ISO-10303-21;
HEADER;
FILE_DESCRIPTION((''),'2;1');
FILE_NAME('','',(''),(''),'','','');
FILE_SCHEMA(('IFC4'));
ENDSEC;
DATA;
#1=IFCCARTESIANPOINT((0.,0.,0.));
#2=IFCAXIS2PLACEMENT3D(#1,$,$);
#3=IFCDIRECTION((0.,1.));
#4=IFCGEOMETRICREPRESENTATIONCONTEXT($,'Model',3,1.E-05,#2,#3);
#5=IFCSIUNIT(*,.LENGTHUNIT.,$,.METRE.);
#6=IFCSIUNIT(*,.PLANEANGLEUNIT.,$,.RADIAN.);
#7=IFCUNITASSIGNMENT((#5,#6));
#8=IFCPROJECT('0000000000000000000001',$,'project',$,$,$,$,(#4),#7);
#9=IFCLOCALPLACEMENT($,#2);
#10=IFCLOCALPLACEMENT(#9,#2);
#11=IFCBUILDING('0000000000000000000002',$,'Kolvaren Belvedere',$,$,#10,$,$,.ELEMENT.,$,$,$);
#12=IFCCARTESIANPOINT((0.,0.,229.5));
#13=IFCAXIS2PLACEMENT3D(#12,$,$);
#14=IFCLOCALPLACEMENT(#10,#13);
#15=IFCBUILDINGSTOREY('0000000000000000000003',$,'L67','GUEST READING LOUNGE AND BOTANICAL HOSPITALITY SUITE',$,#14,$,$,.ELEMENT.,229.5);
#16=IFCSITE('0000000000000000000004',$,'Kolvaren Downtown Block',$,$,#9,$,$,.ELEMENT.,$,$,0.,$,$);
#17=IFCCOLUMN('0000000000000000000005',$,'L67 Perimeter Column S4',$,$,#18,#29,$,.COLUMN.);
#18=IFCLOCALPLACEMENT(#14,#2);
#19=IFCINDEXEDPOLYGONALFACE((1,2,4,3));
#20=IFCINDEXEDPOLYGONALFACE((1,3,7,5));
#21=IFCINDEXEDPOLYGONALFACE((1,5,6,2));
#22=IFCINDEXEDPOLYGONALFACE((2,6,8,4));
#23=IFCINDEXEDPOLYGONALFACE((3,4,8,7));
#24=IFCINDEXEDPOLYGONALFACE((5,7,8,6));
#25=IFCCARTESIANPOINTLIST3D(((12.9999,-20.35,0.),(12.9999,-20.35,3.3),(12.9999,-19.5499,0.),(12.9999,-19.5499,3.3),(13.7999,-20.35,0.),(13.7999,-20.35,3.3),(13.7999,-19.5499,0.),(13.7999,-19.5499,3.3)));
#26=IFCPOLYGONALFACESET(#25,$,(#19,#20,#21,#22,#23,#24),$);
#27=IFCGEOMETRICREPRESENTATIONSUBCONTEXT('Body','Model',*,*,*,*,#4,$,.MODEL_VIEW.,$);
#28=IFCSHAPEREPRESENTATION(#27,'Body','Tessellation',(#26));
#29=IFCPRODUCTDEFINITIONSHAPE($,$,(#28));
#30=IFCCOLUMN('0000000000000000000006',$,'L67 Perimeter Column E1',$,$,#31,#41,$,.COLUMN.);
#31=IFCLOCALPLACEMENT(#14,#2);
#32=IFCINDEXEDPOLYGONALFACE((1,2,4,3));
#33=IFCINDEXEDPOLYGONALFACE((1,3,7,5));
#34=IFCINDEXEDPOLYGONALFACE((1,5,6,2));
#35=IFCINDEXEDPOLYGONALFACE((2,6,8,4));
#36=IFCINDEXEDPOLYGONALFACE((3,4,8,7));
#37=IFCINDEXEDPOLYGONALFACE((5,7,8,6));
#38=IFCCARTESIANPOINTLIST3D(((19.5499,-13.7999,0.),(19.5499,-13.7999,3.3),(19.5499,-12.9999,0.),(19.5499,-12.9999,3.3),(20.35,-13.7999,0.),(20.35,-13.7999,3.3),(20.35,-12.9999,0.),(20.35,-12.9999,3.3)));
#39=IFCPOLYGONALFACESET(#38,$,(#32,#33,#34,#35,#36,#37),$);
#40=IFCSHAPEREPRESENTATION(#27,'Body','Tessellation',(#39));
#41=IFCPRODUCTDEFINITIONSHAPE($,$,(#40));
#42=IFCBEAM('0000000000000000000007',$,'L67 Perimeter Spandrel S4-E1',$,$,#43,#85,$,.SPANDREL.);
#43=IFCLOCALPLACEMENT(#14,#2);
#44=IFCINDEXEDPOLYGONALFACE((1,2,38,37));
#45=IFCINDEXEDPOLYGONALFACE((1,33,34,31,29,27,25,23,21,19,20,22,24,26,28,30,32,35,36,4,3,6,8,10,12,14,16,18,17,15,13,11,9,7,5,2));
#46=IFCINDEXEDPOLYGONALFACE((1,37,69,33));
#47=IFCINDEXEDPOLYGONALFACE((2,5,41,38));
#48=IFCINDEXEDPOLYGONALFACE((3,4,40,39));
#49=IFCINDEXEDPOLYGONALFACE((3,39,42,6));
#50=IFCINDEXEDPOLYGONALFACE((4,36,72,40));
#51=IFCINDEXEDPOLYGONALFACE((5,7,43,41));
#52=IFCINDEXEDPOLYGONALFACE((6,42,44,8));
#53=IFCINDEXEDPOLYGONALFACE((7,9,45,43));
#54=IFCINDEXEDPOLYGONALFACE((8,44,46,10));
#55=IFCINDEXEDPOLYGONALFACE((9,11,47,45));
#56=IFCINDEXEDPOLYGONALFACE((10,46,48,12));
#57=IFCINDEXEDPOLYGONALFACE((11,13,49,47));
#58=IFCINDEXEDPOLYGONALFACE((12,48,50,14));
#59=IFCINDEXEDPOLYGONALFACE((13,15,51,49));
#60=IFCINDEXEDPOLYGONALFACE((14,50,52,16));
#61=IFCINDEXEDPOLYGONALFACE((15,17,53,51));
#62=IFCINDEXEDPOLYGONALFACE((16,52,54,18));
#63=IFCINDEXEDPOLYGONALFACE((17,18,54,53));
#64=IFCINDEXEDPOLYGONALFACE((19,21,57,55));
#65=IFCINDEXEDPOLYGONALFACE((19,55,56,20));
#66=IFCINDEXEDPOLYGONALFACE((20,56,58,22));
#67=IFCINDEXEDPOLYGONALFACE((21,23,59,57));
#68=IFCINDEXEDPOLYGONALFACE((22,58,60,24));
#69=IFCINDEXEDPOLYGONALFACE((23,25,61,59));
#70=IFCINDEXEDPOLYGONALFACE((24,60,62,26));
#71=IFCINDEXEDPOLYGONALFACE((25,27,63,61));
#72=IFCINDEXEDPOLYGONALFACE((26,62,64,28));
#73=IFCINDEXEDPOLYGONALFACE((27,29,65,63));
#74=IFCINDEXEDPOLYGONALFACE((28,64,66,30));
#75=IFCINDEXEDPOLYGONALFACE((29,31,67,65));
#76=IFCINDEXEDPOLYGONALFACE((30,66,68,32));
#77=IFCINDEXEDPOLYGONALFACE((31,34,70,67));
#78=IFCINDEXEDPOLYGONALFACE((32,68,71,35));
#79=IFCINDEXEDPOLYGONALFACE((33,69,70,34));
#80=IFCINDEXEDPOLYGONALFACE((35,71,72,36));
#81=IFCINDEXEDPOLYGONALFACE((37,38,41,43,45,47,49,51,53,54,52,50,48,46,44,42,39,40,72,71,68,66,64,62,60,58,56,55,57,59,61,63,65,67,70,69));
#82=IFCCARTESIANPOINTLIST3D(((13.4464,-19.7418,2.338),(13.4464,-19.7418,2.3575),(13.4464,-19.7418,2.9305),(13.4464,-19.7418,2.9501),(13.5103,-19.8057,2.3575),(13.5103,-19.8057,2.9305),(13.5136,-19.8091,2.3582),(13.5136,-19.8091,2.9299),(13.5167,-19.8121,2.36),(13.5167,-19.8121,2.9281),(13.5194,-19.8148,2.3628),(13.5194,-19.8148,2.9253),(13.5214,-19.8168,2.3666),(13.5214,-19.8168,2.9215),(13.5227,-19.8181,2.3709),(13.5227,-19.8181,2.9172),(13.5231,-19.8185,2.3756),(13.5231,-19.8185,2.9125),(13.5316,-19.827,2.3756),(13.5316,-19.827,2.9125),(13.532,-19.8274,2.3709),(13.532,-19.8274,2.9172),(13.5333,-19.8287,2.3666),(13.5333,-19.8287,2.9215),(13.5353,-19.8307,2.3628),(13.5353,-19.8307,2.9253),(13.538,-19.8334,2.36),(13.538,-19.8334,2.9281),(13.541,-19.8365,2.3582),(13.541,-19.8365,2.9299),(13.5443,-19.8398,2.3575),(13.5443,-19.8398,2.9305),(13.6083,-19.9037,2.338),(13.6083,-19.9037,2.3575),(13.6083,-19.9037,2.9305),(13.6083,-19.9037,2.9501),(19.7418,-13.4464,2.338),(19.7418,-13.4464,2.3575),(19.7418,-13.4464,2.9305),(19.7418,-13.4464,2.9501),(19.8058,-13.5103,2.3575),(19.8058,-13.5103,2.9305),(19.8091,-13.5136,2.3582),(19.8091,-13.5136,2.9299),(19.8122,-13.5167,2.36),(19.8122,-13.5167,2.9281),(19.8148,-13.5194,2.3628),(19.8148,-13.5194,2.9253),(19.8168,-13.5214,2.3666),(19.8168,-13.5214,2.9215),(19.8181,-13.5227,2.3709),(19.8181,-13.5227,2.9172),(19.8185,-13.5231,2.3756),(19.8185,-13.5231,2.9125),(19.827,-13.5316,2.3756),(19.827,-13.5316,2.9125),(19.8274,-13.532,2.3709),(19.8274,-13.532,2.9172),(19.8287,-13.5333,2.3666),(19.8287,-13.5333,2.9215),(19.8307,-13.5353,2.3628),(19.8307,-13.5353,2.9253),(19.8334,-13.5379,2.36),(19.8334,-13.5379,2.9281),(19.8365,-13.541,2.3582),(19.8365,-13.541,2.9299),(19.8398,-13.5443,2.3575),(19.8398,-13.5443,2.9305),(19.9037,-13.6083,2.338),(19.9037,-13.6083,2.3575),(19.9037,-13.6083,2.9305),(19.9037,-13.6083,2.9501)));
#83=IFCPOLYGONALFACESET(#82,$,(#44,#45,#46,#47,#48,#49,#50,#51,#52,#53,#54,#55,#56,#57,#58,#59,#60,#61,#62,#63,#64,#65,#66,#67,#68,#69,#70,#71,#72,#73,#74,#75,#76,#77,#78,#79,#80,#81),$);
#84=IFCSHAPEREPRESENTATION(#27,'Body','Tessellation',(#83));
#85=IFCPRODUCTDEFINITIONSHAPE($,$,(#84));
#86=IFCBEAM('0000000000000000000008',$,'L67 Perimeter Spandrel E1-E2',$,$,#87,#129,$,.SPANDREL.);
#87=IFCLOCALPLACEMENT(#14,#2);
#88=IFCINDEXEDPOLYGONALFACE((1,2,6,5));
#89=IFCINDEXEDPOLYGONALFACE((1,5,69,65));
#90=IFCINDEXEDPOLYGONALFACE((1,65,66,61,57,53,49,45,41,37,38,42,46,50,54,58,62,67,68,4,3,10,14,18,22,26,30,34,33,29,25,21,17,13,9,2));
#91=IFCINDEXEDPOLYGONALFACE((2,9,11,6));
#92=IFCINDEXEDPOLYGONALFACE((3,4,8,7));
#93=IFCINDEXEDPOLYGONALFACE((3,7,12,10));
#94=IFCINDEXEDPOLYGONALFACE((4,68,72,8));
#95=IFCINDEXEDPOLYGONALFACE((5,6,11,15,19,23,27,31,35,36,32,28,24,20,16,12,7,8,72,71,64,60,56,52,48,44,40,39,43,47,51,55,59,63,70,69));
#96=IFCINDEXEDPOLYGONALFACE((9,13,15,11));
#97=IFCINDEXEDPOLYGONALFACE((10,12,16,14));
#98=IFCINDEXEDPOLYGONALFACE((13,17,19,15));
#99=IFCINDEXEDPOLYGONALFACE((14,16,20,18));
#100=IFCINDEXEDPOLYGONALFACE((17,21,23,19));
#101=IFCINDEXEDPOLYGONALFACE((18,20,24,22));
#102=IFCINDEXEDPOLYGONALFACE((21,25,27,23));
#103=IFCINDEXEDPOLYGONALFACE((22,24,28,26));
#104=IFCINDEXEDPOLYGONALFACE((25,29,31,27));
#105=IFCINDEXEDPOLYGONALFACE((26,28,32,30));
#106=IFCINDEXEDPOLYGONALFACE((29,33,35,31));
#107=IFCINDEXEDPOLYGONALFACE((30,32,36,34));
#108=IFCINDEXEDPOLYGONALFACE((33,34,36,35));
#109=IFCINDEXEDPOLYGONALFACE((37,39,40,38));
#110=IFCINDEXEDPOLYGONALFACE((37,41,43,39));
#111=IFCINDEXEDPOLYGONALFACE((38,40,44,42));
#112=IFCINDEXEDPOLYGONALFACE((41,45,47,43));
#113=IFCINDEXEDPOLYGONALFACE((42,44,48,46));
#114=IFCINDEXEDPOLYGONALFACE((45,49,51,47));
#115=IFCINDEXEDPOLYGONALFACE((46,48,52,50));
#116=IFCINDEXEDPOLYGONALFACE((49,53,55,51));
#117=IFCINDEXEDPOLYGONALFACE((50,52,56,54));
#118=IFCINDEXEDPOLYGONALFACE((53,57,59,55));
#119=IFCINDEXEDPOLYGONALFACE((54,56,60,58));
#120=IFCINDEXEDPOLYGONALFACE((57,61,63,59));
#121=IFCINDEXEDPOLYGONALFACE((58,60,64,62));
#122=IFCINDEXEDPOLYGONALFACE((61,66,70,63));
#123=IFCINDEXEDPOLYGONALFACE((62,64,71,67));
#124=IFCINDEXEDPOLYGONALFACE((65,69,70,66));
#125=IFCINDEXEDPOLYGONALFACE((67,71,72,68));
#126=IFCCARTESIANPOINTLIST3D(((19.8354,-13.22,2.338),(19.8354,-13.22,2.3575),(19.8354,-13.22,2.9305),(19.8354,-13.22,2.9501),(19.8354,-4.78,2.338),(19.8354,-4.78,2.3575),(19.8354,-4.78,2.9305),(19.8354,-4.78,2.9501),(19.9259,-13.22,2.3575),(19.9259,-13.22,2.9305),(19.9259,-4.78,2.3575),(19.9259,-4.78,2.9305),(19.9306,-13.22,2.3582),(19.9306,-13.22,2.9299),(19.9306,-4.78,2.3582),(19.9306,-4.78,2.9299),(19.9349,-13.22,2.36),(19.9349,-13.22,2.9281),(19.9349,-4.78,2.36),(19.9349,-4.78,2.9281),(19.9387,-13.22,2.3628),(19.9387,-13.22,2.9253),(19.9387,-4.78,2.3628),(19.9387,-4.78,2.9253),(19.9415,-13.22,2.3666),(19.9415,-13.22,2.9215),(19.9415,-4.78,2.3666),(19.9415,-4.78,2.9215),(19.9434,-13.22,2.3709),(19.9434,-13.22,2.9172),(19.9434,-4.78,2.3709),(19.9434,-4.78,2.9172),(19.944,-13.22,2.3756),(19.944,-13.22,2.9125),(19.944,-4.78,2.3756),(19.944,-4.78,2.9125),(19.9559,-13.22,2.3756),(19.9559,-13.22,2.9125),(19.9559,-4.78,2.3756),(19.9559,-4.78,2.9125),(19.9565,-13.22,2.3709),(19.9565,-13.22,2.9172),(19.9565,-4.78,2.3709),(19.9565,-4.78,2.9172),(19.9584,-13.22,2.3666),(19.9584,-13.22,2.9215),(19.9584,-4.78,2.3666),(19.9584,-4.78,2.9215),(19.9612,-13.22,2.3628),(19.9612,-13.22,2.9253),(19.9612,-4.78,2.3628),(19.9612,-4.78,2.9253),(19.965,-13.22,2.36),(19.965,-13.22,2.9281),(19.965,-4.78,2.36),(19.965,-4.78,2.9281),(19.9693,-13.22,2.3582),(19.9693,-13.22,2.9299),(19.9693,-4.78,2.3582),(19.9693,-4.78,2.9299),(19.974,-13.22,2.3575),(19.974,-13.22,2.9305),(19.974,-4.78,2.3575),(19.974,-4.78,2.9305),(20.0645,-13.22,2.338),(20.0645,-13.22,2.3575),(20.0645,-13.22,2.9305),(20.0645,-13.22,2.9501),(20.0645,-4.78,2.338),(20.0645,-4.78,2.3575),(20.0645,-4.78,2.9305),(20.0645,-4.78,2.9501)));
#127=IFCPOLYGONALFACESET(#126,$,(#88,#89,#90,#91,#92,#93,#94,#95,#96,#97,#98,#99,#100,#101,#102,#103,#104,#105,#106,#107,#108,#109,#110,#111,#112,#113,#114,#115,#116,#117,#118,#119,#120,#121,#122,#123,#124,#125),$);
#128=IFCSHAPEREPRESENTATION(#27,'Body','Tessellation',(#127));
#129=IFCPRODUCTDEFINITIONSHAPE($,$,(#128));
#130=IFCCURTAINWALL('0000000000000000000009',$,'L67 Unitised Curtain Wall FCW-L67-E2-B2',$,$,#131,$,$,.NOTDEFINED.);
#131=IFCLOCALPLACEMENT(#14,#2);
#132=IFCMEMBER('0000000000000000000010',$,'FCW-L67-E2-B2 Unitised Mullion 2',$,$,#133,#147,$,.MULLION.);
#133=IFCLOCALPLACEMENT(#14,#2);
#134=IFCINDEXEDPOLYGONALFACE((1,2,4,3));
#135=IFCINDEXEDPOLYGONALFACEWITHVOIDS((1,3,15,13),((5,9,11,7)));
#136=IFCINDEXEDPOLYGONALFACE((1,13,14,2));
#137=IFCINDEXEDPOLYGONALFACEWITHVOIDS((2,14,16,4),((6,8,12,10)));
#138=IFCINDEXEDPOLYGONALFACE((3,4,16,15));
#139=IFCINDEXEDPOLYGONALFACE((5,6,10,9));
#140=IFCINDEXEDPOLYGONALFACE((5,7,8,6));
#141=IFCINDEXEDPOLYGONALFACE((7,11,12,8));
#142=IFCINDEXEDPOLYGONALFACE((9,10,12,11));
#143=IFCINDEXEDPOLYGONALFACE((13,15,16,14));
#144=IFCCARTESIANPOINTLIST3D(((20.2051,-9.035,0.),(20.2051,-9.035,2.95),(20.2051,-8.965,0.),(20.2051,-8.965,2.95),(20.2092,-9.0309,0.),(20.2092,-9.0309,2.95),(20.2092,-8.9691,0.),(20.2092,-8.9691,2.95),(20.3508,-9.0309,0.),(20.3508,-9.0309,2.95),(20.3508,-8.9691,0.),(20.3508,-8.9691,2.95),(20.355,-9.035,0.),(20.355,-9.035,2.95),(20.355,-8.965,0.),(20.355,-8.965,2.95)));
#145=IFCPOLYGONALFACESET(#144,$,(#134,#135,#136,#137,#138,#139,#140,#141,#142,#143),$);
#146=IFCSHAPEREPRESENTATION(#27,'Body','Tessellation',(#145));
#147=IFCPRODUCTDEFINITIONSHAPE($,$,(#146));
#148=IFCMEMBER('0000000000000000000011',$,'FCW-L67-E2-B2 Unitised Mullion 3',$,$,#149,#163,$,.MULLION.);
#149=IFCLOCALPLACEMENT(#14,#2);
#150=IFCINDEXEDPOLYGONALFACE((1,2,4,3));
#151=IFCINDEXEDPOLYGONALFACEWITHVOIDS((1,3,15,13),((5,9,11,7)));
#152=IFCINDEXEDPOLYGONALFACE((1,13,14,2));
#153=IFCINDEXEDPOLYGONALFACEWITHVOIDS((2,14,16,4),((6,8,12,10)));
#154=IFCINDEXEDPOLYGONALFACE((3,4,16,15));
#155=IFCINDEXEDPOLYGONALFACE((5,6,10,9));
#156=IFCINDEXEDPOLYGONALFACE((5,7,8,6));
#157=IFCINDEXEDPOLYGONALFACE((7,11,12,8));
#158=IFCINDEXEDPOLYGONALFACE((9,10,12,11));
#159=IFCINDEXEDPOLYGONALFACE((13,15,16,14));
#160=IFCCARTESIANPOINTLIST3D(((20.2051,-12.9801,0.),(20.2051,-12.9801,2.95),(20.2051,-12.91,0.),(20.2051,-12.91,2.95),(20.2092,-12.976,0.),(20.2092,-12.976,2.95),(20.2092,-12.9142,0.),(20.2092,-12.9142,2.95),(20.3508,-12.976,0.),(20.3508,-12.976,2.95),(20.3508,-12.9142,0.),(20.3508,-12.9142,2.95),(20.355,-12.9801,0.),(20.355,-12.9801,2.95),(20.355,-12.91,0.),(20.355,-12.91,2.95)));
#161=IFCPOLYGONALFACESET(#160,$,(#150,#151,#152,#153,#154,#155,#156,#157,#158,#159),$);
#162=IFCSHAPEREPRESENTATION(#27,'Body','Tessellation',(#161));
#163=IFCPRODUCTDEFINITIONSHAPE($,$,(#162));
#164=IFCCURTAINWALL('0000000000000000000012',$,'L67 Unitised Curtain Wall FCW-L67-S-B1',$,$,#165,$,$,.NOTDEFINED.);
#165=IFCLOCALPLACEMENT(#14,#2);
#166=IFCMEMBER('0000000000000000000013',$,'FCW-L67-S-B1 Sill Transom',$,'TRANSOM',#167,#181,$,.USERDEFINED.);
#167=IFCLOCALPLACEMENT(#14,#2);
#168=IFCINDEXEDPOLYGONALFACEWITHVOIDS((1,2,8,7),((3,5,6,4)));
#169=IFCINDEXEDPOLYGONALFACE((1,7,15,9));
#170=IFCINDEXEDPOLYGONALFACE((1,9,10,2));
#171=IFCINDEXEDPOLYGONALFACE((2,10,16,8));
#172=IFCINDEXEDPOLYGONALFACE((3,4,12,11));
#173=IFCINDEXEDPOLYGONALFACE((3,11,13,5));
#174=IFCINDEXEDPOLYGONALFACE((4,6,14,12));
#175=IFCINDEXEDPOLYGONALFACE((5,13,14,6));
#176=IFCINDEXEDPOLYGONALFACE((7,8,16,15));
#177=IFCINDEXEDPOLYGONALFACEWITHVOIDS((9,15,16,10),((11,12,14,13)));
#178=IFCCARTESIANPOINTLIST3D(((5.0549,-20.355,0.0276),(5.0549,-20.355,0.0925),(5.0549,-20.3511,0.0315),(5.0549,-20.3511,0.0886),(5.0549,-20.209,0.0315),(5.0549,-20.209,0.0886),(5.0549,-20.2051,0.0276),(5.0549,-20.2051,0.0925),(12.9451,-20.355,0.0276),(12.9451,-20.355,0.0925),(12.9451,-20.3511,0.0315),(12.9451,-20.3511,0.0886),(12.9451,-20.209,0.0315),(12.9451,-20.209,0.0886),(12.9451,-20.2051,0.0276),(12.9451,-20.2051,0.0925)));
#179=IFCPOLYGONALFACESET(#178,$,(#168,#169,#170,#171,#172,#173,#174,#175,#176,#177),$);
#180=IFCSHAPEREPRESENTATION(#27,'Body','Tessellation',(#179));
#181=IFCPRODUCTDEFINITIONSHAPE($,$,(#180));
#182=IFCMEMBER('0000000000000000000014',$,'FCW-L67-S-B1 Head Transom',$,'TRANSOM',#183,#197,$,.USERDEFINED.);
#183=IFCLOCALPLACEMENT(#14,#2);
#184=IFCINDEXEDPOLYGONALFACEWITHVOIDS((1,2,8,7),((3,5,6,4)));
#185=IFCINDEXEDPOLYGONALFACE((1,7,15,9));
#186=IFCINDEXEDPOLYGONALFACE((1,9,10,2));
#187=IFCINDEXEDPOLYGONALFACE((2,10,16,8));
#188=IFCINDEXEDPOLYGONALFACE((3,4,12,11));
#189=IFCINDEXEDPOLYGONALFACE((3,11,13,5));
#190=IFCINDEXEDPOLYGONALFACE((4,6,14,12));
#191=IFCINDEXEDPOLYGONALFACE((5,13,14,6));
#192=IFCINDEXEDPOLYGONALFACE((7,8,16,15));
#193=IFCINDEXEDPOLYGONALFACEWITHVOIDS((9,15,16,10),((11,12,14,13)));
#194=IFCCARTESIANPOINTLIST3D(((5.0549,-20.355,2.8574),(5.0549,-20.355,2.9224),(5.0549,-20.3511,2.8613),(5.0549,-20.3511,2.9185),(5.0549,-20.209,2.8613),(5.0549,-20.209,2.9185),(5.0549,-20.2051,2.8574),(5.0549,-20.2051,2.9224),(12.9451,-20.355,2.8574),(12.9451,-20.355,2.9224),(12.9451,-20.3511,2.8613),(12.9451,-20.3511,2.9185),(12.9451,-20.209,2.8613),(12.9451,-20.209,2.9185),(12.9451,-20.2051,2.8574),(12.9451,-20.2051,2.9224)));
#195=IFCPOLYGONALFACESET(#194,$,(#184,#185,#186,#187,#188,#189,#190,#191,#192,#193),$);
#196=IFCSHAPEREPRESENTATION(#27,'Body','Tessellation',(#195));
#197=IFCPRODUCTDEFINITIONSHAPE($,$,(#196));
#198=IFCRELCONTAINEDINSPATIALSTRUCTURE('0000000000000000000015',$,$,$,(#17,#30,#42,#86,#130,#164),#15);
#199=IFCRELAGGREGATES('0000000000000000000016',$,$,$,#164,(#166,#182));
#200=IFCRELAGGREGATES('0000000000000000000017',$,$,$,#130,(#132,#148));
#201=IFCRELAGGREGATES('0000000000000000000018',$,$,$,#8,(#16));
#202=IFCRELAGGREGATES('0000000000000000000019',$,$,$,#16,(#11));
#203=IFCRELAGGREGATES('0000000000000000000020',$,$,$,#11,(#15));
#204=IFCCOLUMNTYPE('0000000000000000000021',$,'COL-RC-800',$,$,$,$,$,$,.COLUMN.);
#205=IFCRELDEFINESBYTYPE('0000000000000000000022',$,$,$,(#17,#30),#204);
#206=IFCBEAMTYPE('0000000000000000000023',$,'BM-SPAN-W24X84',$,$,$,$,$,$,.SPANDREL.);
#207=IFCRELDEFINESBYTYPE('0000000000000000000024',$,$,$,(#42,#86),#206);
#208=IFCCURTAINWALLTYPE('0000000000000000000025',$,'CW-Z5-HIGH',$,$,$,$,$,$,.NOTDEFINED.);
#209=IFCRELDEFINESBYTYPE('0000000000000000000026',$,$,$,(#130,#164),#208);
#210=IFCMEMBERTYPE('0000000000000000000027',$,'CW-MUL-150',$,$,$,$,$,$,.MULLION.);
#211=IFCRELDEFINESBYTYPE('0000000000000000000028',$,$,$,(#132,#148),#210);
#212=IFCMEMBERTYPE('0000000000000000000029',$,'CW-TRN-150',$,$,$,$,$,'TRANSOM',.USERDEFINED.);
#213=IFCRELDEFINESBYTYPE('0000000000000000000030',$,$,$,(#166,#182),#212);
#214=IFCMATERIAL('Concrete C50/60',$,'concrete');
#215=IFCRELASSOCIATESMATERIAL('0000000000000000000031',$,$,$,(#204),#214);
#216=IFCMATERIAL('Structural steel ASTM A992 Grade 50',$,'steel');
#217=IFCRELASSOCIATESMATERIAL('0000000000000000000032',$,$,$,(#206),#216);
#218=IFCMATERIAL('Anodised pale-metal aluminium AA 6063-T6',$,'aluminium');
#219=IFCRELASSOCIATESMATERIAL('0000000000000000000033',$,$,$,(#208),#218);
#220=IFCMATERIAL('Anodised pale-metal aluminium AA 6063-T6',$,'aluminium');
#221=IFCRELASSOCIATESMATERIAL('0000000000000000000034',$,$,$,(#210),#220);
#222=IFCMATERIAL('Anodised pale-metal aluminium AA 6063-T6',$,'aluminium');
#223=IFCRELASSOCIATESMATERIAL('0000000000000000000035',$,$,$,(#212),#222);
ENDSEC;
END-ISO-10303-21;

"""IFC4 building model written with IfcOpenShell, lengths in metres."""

from ifc_helpers import new_model, si_unit, direction, frame, origin, origin_2d, place, context, subcontext, project, spatial, rectangle, hollow_rectangle, i_section, extrude, material, material_profile, profile_set, type_object, element, aggregate, save


model = new_model("IFC4")

# Units and contexts
model_context = context("Model", 3, precision=1e-05, world=origin(), true_north=direction((0.0, 1.0)))
body_context = subcontext(model_context, "Body", "Model", "MODEL_VIEW")
ifc_project = project(units=[si_unit("LENGTHUNIT", "METRE"), si_unit("PLANEANGLEUNIT", "RADIAN")], contexts=[model_context])

# Site, building, storey
site_placement = place(None, origin())
site = spatial("IfcSite", under=ifc_project, at=site_placement, Name="Kolvaren Downtown Block", CompositionType="ELEMENT", RefElevation=0.0)
building_placement = place(site_placement, origin())
building = spatial("IfcBuilding", under=site, at=building_placement, Name="Kolvaren Belvedere", CompositionType="ELEMENT")
storey_placement = place(building_placement, frame((0.0, 0.0, 229.5)))
storey = spatial("IfcBuildingStorey", under=building, at=storey_placement, Name="L67", Description="GUEST READING LOUNGE AND BOTANICAL HOSPITALITY SUITE", CompositionType="ELEMENT", Elevation=229.5)

# Columns
ifc_material_1 = material(Name="Concrete C50/60", Category="concrete")
ifc_material_profile_1 = material_profile(ifc_material_1, rectangle(XDim=0.8, YDim=0.8, at=origin_2d()), Name="RC 800X800")
ifc_profile_set_1 = profile_set([ifc_material_profile_1], Name="Concrete C50/60")
column_type = type_object("IfcColumnType", Name="COL-RC-800", PredefinedType="COLUMN", material=ifc_profile_set_1)
for number, where, z_axis, x_axis, name in (
    (1, (13.3999, -19.95, 0.0), (0.0, 0.0, 1.0), (1.0, 0.0, 0.0), "L67 Perimeter Column S4"),
    (2, (19.95, -13.3999, 0.0), (0.0, 0.0, 1.0), (1.0, 0.0, 0.0), "L67 Perimeter Column E1"),
):
    element("IfcColumn", number, at=place(storey_placement, frame(where, z_axis=z_axis, x_axis=x_axis)), inside=storey, type_object=column_type, Name=name, PredefinedType="COLUMN", context=body_context, shape_type="SweptSolid", body=[
        extrude(rectangle(XDim=0.8, YDim=0.8, at=origin_2d()), origin(), (0.0, 0.0, 1.0), 3.3),
    ])

# Beams
ifc_material_2 = material(Name="Structural steel ASTM A992 Grade 50", Category="steel")
ifc_material_profile_2 = material_profile(ifc_material_2, i_section(OverallWidth=0.229, OverallDepth=0.6121, WebThickness=0.012, FlangeThickness=0.0195, FilletRadius=0.0181, at=origin_2d()), Name="W24X84")
ifc_profile_set_2 = profile_set([ifc_material_profile_2], Name="Structural steel ASTM A992 Grade 50")
beam_type = type_object("IfcBeamType", Name="BM-SPAN-W24X84", PredefinedType="SPANDREL", material=ifc_profile_set_2)
beam_1_placement = place(storey_placement, frame((13.5273, -19.8228, 2.644), z_axis=(0.707107, 0.707107, 0.0), x_axis=(-0.707107, 0.707107, 0.0)))
element("IfcBeam", 3, at=beam_1_placement, inside=storey, type_object=beam_type, Name="L67 Perimeter Spandrel S4-E1", PredefinedType="SPANDREL", context=body_context, shape_type="SweptSolid", body=[
    extrude(i_section(OverallWidth=0.229, OverallDepth=0.6121, WebThickness=0.012, FlangeThickness=0.0195, FilletRadius=0.0181, at=origin_2d()), origin(), (0.0, 0.0, 1.0), 8.9031),
])
beam_2_placement = place(storey_placement, frame((19.95, -13.22, 2.644), z_axis=(0.0, 1.0, 0.0), x_axis=(-1.0, 0.0, 0.0)))
element("IfcBeam", 4, at=beam_2_placement, inside=storey, type_object=beam_type, Name="L67 Perimeter Spandrel E1-E2", PredefinedType="SPANDREL", context=body_context, shape_type="SweptSolid", body=[
    extrude(i_section(OverallWidth=0.229, OverallDepth=0.6121, WebThickness=0.012, FlangeThickness=0.0195, FilletRadius=0.0181, at=origin_2d()), origin(), (0.0, 0.0, 1.0), 8.4399),
])

# Curtain walls, members
ifc_material_3 = material(Name="Anodised pale-metal aluminium AA 6063-T6", Category="aluminium")
curtain_wall_type = type_object("IfcCurtainWallType", Name="CW-Z5-HIGH", PredefinedType="NOTDEFINED", material=ifc_material_3)
curtain_wall_1_placement = place(storey_placement, origin())
curtain_wall_1 = element("IfcCurtainWall", 5, at=curtain_wall_1_placement, inside=storey, type_object=curtain_wall_type, Name="L67 Unitised Curtain Wall FCW-L67-E2-B2", PredefinedType="NOTDEFINED")
ifc_material_4 = material(Name="Anodised pale-metal aluminium AA 6063-T6", Category="aluminium")
ifc_material_profile_3 = material_profile(ifc_material_4, hollow_rectangle(XDim=0.0701, YDim=0.1499, WallThickness=0.0042, at=origin_2d()), Name="ALU-MUL-150X70")
ifc_profile_set_3 = profile_set([ifc_material_profile_3], Name="Anodised pale-metal aluminium AA 6063-T6")
member_type_1 = type_object("IfcMemberType", Name="CW-MUL-150", PredefinedType="MULLION", material=ifc_profile_set_3)
member_1_placement = place(storey_placement, frame((20.28, -9.0, 0.0), z_axis=(0.0, 0.0, 1.0), x_axis=(0.0, 1.0, 0.0)))
member_1 = element("IfcMember", 6, at=member_1_placement, type_object=member_type_1, Name="FCW-L67-E2-B2 Unitised Mullion 2", PredefinedType="MULLION", context=body_context, shape_type="SweptSolid", body=[
    extrude(hollow_rectangle(XDim=0.0701, YDim=0.1499, WallThickness=0.0042, at=origin_2d()), origin(), (0.0, 0.0, 1.0), 2.95),
])
member_2_placement = place(storey_placement, frame((20.28, -12.9451, 0.0), z_axis=(0.0, 0.0, 1.0), x_axis=(0.0, 1.0, 0.0)))
member_2 = element("IfcMember", 7, at=member_2_placement, type_object=member_type_1, Name="FCW-L67-E2-B2 Unitised Mullion 3", PredefinedType="MULLION", context=body_context, shape_type="SweptSolid", body=[
    extrude(hollow_rectangle(XDim=0.0701, YDim=0.1499, WallThickness=0.0042, at=origin_2d()), origin(), (0.0, 0.0, 1.0), 2.95),
])
curtain_wall_2_placement = place(storey_placement, origin())
curtain_wall_2 = element("IfcCurtainWall", 8, at=curtain_wall_2_placement, inside=storey, type_object=curtain_wall_type, Name="L67 Unitised Curtain Wall FCW-L67-S-B1", PredefinedType="NOTDEFINED")
ifc_material_5 = material(Name="Anodised pale-metal aluminium AA 6063-T6", Category="aluminium")
ifc_material_profile_4 = material_profile(ifc_material_5, hollow_rectangle(XDim=0.0649, YDim=0.1499, WallThickness=0.0039, at=origin_2d()), Name="ALU-TRN-150X65")
ifc_profile_set_4 = profile_set([ifc_material_profile_4], Name="Anodised pale-metal aluminium AA 6063-T6")
member_type_2 = type_object("IfcMemberType", Name="CW-TRN-150", ElementType="TRANSOM", PredefinedType="USERDEFINED", material=ifc_profile_set_4)
member_3_placement = place(storey_placement, frame((12.9451, -20.28, 0.0601), z_axis=(-1.0, 0.0, 0.0), x_axis=(0.0, 0.0, 1.0)))
member_3 = element("IfcMember", 9, at=member_3_placement, type_object=member_type_2, Name="FCW-L67-S-B1 Sill Transom", ObjectType="TRANSOM", PredefinedType="USERDEFINED", context=body_context, shape_type="SweptSolid", body=[
    extrude(hollow_rectangle(XDim=0.0649, YDim=0.1499, WallThickness=0.0039, at=origin_2d()), origin(), (0.0, 0.0, 1.0), 7.8901),
])
member_4_placement = place(storey_placement, frame((12.9451, -20.28, 2.8899), z_axis=(-1.0, 0.0, 0.0), x_axis=(0.0, 0.0, 1.0)))
member_4 = element("IfcMember", 10, at=member_4_placement, type_object=member_type_2, Name="FCW-L67-S-B1 Head Transom", ObjectType="TRANSOM", PredefinedType="USERDEFINED", context=body_context, shape_type="SweptSolid", body=[
    extrude(hollow_rectangle(XDim=0.0649, YDim=0.1499, WallThickness=0.0039, at=origin_2d()), origin(), (0.0, 0.0, 1.0), 7.8901),
])
aggregate(curtain_wall_2, [member_3, member_4])

aggregate(curtain_wall_1, [member_1, member_2])

save(model, "model.ifc")
